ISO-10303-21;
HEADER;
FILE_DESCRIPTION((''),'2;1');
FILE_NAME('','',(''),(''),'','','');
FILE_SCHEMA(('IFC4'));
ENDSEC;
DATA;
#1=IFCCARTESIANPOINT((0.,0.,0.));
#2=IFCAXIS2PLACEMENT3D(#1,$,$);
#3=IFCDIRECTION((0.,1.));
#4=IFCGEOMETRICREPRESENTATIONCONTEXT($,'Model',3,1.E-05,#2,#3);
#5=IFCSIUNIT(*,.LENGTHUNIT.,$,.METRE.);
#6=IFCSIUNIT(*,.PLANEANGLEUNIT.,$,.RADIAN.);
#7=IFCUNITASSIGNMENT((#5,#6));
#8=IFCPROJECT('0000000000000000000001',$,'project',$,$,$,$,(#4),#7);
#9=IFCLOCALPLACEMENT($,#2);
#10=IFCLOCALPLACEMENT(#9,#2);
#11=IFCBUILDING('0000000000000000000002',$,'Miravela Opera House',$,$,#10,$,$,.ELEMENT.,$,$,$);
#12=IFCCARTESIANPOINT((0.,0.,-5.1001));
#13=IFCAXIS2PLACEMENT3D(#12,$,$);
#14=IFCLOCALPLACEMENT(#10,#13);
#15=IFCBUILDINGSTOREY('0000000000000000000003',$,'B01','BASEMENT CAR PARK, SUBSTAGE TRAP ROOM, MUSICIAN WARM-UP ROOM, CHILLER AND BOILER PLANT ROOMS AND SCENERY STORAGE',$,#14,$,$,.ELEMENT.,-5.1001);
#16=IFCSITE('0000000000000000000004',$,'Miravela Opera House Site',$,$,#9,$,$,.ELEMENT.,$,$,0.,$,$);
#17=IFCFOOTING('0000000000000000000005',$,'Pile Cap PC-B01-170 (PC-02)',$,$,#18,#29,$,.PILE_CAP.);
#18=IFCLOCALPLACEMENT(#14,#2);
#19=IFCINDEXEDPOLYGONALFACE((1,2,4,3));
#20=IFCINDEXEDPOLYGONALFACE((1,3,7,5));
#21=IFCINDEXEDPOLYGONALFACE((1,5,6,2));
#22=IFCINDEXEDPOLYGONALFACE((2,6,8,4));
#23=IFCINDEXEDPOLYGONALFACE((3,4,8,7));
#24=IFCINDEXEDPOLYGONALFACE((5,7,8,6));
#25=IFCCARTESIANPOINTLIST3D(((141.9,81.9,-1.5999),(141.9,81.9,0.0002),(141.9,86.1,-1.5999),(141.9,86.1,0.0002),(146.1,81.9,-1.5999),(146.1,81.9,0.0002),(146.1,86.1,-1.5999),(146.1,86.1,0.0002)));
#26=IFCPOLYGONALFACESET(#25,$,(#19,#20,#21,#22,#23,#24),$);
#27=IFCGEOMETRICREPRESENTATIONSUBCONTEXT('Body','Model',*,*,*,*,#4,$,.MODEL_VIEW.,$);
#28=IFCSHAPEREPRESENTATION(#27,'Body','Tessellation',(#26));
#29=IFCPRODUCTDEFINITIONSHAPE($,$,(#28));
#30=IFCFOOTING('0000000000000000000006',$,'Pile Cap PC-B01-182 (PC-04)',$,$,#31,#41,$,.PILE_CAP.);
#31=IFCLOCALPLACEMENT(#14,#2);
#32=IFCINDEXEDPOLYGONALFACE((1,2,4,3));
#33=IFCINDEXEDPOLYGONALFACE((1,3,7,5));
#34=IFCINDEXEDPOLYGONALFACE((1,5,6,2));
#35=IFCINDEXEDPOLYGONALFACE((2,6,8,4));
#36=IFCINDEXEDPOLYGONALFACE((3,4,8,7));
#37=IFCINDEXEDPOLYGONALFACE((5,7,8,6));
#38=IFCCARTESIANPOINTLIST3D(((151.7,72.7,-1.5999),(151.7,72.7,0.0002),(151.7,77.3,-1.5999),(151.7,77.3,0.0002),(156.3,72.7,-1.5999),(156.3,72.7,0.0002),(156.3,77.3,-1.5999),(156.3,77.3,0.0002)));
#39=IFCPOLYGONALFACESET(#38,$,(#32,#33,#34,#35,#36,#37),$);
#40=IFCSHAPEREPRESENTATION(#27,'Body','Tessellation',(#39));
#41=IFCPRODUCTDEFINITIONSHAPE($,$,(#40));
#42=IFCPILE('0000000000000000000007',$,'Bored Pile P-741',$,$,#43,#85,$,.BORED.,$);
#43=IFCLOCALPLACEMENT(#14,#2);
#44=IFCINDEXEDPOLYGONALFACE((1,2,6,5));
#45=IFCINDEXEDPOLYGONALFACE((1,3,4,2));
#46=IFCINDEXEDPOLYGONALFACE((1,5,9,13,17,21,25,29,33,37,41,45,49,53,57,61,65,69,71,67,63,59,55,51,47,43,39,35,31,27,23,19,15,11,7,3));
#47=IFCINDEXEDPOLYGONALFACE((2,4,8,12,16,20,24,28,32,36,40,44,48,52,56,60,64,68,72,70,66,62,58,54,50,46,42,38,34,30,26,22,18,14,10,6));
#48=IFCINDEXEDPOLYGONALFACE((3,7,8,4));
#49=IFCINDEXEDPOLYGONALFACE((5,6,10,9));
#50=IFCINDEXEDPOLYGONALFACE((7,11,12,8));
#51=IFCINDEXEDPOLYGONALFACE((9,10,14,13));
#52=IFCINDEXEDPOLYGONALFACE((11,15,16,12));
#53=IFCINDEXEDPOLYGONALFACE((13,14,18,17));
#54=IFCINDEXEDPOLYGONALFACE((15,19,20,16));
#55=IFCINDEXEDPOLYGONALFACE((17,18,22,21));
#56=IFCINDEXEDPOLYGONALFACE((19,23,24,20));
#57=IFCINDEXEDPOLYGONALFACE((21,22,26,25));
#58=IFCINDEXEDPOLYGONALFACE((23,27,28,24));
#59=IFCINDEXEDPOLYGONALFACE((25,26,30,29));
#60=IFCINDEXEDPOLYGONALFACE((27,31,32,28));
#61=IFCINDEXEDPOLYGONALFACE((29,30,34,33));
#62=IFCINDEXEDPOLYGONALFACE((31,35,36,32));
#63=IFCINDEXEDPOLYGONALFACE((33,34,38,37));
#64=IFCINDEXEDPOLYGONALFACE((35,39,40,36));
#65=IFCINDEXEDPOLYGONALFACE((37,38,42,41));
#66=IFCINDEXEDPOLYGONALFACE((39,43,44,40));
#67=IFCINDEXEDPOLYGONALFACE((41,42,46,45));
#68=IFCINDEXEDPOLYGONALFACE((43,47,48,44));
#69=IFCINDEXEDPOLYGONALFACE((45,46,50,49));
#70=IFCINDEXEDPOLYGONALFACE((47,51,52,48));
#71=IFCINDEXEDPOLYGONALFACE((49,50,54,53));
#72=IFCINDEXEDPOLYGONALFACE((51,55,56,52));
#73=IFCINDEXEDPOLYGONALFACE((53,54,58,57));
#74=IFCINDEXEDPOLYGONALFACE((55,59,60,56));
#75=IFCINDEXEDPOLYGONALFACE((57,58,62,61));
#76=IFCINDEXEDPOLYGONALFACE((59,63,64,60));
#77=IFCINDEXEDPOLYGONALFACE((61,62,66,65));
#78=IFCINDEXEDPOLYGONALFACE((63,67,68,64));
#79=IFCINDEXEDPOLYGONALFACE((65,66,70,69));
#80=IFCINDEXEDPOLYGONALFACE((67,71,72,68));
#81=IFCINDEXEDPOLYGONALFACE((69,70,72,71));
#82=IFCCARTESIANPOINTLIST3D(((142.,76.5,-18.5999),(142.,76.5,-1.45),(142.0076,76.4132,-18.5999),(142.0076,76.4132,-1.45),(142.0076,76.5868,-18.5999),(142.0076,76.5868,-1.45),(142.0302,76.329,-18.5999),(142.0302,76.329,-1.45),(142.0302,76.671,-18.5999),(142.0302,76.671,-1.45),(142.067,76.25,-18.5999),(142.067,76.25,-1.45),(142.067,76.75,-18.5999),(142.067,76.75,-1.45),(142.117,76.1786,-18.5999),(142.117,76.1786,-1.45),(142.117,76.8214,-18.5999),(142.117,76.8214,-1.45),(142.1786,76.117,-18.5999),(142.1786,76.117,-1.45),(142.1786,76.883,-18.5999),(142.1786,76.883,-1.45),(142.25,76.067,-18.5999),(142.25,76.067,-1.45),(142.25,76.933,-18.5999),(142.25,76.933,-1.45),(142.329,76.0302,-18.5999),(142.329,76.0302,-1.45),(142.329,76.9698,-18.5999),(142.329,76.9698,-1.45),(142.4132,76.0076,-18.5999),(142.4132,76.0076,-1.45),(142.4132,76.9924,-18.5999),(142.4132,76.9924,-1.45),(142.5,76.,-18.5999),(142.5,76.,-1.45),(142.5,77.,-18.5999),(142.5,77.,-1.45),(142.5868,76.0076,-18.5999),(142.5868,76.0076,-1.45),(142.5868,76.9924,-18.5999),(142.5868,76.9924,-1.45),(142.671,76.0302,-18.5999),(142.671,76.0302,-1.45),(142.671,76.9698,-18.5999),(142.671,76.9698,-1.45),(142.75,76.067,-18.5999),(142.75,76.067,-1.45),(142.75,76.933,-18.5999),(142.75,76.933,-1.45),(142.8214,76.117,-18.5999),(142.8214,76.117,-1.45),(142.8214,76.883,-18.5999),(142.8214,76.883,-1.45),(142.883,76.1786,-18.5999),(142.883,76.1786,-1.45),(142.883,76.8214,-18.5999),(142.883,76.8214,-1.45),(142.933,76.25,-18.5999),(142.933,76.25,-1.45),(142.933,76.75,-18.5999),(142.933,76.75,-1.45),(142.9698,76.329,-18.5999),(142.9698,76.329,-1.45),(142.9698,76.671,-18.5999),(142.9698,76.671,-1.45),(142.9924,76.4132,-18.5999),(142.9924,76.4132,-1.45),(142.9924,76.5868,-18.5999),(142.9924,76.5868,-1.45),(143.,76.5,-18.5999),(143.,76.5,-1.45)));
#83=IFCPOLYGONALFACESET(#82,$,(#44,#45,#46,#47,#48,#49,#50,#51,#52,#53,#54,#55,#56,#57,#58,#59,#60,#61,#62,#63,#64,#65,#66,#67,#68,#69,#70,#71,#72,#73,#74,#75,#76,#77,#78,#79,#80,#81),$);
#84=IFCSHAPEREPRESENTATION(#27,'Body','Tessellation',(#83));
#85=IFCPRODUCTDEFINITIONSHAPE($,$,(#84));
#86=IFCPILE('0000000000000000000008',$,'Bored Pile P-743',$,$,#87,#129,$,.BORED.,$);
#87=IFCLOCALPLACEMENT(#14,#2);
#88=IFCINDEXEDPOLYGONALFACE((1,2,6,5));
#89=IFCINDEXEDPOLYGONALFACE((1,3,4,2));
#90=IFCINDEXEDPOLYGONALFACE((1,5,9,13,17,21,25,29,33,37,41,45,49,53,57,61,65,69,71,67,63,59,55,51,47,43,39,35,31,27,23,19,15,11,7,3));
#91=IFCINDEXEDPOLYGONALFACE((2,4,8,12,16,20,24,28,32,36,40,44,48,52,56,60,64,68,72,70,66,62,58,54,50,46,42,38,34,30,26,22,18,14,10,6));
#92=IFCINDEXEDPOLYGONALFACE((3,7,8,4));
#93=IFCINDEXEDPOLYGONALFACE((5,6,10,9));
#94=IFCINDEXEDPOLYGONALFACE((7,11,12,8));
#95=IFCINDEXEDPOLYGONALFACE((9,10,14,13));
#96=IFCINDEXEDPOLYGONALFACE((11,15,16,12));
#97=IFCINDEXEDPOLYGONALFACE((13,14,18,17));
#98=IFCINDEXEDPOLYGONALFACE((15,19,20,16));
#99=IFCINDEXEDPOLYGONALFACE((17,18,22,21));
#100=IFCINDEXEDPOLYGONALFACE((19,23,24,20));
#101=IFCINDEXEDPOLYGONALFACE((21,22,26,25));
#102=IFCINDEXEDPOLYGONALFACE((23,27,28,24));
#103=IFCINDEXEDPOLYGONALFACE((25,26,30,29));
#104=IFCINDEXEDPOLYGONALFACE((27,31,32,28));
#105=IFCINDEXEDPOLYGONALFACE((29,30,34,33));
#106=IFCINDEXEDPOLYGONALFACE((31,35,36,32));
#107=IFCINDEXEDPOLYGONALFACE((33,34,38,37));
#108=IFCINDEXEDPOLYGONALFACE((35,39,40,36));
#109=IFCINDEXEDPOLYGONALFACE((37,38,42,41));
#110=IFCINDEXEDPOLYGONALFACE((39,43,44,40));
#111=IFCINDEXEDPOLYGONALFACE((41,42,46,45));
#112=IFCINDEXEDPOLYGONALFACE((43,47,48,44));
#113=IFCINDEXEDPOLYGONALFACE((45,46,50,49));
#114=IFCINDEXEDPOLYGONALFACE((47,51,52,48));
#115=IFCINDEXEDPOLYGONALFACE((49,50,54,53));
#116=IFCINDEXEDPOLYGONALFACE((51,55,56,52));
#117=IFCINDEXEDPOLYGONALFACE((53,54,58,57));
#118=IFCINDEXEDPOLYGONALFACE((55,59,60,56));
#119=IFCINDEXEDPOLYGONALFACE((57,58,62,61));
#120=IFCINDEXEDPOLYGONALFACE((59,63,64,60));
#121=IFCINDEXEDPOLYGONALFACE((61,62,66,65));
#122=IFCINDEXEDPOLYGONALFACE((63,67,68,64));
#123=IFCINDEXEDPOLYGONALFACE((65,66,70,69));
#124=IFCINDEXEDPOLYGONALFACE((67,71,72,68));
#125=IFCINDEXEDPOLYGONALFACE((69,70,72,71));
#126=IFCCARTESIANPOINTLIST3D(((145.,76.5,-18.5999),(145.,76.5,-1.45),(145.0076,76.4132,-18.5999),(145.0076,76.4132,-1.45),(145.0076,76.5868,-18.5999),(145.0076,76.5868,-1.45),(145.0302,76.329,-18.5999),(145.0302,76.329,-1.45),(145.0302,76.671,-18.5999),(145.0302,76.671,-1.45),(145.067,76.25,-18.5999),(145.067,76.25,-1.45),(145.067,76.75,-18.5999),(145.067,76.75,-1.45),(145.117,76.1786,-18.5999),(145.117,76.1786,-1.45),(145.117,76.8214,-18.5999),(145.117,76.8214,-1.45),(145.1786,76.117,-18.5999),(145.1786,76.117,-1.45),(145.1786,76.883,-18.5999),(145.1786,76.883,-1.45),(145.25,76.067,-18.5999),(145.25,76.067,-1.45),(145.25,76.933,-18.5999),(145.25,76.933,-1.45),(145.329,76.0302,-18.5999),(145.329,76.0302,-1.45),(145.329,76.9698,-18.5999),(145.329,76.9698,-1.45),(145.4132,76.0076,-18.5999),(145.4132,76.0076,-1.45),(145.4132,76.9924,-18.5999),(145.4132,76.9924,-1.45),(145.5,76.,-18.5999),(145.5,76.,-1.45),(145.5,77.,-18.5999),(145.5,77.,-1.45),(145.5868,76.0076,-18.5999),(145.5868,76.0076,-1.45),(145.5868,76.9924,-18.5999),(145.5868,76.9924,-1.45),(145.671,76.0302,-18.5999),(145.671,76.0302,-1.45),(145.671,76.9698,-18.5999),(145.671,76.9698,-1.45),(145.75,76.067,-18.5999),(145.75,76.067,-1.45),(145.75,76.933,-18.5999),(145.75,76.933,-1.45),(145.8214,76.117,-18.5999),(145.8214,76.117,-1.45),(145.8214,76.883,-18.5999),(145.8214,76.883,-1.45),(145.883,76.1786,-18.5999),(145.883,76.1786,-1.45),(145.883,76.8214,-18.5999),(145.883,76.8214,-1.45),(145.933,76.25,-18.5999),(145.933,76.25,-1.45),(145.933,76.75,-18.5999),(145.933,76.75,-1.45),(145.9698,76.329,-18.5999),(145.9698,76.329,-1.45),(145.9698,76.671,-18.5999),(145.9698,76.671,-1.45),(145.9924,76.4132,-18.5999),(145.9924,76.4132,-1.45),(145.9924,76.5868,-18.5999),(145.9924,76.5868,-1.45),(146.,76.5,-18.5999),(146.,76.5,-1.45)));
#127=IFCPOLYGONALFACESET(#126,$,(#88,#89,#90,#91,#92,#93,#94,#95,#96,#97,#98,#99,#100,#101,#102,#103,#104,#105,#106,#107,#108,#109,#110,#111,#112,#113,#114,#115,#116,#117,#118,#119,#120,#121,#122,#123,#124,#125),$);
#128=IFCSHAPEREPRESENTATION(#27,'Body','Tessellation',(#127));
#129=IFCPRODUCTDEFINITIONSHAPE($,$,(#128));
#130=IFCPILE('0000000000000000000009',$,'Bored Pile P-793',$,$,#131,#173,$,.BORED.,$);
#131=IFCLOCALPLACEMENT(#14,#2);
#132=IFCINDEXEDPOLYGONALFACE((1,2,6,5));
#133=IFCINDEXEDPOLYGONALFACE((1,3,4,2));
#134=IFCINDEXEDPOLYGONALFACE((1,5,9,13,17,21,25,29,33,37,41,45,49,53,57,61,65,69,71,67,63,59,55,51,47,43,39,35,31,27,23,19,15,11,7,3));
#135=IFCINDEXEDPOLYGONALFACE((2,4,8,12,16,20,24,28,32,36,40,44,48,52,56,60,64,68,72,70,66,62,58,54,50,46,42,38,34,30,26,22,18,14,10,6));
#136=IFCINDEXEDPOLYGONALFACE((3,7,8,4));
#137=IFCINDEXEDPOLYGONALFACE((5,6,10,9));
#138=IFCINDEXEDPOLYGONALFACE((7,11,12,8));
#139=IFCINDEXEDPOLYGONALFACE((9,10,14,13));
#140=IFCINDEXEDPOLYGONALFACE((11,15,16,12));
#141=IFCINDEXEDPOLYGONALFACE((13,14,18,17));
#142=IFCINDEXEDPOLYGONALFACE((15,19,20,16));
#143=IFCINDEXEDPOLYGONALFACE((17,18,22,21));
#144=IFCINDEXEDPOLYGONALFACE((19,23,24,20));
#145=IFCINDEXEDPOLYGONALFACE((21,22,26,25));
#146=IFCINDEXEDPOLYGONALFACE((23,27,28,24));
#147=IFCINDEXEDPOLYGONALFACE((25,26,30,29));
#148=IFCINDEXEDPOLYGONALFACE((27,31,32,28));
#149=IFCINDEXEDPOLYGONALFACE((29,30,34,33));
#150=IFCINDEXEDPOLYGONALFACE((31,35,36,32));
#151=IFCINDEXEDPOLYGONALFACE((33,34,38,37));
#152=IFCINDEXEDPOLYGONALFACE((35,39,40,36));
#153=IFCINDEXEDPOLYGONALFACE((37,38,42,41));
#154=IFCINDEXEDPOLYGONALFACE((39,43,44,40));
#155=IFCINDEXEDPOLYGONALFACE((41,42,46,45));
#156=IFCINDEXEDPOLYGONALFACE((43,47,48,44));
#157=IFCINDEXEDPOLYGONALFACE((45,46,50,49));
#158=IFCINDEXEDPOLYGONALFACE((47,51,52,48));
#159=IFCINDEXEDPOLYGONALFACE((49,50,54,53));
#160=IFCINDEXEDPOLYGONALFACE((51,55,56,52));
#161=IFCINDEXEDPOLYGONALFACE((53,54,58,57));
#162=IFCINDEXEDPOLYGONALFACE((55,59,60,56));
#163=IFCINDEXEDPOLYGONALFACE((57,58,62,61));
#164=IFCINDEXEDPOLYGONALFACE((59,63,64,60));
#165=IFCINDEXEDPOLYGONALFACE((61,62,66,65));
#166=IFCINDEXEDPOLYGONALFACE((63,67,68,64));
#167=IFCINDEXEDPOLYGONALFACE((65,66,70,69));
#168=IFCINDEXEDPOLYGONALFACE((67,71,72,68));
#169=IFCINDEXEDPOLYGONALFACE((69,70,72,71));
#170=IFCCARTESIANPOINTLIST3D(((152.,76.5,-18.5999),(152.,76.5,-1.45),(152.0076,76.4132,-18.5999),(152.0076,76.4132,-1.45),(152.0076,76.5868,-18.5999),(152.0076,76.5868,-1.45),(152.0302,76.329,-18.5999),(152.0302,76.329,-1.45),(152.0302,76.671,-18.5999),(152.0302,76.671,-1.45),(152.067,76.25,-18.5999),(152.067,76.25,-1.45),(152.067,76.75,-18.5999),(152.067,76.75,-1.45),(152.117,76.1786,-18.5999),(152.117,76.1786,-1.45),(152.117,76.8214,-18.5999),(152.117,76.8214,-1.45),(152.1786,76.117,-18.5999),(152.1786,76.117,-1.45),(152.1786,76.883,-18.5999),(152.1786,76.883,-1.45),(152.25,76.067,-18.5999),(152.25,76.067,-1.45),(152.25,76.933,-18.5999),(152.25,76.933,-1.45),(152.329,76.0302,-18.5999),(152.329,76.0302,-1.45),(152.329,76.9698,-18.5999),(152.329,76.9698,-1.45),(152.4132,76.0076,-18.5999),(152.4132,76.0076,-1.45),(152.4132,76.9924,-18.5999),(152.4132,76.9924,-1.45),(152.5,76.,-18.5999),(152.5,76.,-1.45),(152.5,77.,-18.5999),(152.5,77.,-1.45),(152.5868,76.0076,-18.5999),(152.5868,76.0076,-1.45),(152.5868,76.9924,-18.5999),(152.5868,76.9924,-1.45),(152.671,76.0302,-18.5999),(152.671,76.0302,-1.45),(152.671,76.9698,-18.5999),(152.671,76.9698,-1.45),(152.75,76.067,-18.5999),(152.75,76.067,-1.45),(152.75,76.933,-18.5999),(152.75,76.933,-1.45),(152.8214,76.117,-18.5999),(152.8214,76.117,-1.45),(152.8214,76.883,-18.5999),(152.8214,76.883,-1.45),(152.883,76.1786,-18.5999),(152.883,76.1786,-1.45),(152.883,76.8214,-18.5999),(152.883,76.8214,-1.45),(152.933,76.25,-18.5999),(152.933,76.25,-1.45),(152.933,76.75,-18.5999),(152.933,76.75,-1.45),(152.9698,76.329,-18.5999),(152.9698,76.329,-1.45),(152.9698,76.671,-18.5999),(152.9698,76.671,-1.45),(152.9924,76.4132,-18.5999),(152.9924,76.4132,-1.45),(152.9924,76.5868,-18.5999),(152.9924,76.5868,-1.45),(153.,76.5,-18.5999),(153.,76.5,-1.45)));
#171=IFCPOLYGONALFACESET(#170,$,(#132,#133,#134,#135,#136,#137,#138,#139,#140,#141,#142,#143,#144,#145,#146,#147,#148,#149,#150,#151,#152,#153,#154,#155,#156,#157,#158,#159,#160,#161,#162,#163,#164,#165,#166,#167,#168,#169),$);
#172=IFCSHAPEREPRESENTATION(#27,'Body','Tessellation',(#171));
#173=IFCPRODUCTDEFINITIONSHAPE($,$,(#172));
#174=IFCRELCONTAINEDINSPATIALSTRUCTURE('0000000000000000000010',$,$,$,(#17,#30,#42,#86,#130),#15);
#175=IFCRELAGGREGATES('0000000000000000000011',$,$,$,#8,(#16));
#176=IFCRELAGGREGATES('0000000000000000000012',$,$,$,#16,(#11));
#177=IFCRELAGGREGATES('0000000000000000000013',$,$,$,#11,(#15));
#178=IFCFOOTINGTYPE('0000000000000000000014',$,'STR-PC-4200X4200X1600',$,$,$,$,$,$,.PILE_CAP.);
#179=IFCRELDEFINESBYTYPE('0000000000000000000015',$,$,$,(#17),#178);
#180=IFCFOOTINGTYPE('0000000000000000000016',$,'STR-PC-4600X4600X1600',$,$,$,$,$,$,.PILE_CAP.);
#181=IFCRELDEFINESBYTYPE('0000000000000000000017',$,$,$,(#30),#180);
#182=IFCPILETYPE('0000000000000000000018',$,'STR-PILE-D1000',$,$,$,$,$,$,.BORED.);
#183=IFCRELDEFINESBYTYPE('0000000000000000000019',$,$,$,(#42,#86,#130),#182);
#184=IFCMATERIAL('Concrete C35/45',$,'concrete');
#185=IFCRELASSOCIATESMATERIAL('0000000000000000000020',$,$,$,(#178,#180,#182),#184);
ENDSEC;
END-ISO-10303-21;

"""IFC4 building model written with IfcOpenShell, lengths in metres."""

from ifc_helpers import new_model, si_unit, direction, frame, origin, origin_2d, place, context, subcontext, project, spatial, rectangle, circle, extrude, material, material_profile, profile_set, type_object, element, save


model = new_model("IFC4")

# Units and contexts
model_context = context("Model", 3, precision=1e-05, world=origin(), true_north=direction((0.0, 1.0)))
body_context = subcontext(model_context, "Body", "Model", "MODEL_VIEW")
ifc_project = project(units=[si_unit("LENGTHUNIT", "METRE"), si_unit("PLANEANGLEUNIT", "RADIAN")], contexts=[model_context])

# Site, building, storey
site_placement = place(None, origin())
site = spatial("IfcSite", under=ifc_project, at=site_placement, Name="Miravela Opera House Site", CompositionType="ELEMENT", RefElevation=0.0)
building_placement = place(site_placement, origin())
building = spatial("IfcBuilding", under=site, at=building_placement, Name="Miravela Opera House", CompositionType="ELEMENT")
storey_placement = place(building_placement, frame((0.0, 0.0, -5.1001)))
storey = spatial("IfcBuildingStorey", under=building, at=storey_placement, Name="B01", Description="BASEMENT CAR PARK, SUBSTAGE TRAP ROOM, MUSICIAN WARM-UP ROOM, CHILLER AND BOILER PLANT ROOMS AND SCENERY STORAGE", CompositionType="ELEMENT", Elevation=-5.1001)

# Footings
ifc_material_1 = material(Name="Concrete C35/45", Category="concrete")
footing_type_1 = type_object("IfcFootingType", Name="STR-PC-4200X4200X1600", PredefinedType="PILE_CAP", material=ifc_material_1)
footing_1_placement = place(storey_placement, frame((144.0, 84.0, -1.5999), z_axis=(0.0, 0.0, 1.0), x_axis=(1.0, 0.0, 0.0)))
element("IfcFooting", 1, at=footing_1_placement, inside=storey, type_object=footing_type_1, Name="Pile Cap PC-B01-170 (PC-02)", PredefinedType="PILE_CAP", context=body_context, shape_type="SweptSolid", body=[
    extrude(rectangle(XDim=4.2, YDim=4.2, at=origin_2d()), origin(), (0.0, 0.0, 1.0), 1.6001),
])
footing_type_2 = type_object("IfcFootingType", Name="STR-PC-4600X4600X1600", PredefinedType="PILE_CAP", material=ifc_material_1)
footing_2_placement = place(storey_placement, frame((154.0, 75.0, -1.5999), z_axis=(0.0, 0.0, 1.0), x_axis=(1.0, 0.0, 0.0)))
element("IfcFooting", 2, at=footing_2_placement, inside=storey, type_object=footing_type_2, Name="Pile Cap PC-B01-182 (PC-04)", PredefinedType="PILE_CAP", context=body_context, shape_type="SweptSolid", body=[
    extrude(rectangle(XDim=4.6001, YDim=4.6001, at=origin_2d()), origin(), (0.0, 0.0, 1.0), 1.6001),
])

# Piles
ifc_material_profile_1 = material_profile(ifc_material_1, circle(Radius=0.5, at=origin_2d()), Name="PILE-D1000")
ifc_profile_set_1 = profile_set([ifc_material_profile_1])
pile_type_1 = type_object("IfcPileType", Name="STR-PILE-D1000", PredefinedType="BORED", material=ifc_profile_set_1)
for number, where, z_axis, x_axis, name in (
    (3, (142.5, 76.5, -1.45), (0.0, 0.0, -1.0), (1.0, 0.0, 0.0), "Bored Pile P-741"),
    (4, (145.5, 76.5, -1.45), (0.0, 0.0, -1.0), (1.0, 0.0, 0.0), "Bored Pile P-743"),
    (5, (152.5, 76.5, -1.45), (0.0, 0.0, -1.0), (1.0, 0.0, 0.0), "Bored Pile P-793"),
):
    element("IfcPile", number, at=place(storey_placement, frame(where, z_axis=z_axis, x_axis=x_axis)), inside=storey, type_object=pile_type_1, Name=name, PredefinedType="BORED", context=body_context, shape_type="SweptSolid", body=[
        extrude(circle(Radius=0.5, at=origin_2d()), origin(), (0.0, 0.0, 1.0), 17.1499),
    ])

save(model, "model.ifc")
